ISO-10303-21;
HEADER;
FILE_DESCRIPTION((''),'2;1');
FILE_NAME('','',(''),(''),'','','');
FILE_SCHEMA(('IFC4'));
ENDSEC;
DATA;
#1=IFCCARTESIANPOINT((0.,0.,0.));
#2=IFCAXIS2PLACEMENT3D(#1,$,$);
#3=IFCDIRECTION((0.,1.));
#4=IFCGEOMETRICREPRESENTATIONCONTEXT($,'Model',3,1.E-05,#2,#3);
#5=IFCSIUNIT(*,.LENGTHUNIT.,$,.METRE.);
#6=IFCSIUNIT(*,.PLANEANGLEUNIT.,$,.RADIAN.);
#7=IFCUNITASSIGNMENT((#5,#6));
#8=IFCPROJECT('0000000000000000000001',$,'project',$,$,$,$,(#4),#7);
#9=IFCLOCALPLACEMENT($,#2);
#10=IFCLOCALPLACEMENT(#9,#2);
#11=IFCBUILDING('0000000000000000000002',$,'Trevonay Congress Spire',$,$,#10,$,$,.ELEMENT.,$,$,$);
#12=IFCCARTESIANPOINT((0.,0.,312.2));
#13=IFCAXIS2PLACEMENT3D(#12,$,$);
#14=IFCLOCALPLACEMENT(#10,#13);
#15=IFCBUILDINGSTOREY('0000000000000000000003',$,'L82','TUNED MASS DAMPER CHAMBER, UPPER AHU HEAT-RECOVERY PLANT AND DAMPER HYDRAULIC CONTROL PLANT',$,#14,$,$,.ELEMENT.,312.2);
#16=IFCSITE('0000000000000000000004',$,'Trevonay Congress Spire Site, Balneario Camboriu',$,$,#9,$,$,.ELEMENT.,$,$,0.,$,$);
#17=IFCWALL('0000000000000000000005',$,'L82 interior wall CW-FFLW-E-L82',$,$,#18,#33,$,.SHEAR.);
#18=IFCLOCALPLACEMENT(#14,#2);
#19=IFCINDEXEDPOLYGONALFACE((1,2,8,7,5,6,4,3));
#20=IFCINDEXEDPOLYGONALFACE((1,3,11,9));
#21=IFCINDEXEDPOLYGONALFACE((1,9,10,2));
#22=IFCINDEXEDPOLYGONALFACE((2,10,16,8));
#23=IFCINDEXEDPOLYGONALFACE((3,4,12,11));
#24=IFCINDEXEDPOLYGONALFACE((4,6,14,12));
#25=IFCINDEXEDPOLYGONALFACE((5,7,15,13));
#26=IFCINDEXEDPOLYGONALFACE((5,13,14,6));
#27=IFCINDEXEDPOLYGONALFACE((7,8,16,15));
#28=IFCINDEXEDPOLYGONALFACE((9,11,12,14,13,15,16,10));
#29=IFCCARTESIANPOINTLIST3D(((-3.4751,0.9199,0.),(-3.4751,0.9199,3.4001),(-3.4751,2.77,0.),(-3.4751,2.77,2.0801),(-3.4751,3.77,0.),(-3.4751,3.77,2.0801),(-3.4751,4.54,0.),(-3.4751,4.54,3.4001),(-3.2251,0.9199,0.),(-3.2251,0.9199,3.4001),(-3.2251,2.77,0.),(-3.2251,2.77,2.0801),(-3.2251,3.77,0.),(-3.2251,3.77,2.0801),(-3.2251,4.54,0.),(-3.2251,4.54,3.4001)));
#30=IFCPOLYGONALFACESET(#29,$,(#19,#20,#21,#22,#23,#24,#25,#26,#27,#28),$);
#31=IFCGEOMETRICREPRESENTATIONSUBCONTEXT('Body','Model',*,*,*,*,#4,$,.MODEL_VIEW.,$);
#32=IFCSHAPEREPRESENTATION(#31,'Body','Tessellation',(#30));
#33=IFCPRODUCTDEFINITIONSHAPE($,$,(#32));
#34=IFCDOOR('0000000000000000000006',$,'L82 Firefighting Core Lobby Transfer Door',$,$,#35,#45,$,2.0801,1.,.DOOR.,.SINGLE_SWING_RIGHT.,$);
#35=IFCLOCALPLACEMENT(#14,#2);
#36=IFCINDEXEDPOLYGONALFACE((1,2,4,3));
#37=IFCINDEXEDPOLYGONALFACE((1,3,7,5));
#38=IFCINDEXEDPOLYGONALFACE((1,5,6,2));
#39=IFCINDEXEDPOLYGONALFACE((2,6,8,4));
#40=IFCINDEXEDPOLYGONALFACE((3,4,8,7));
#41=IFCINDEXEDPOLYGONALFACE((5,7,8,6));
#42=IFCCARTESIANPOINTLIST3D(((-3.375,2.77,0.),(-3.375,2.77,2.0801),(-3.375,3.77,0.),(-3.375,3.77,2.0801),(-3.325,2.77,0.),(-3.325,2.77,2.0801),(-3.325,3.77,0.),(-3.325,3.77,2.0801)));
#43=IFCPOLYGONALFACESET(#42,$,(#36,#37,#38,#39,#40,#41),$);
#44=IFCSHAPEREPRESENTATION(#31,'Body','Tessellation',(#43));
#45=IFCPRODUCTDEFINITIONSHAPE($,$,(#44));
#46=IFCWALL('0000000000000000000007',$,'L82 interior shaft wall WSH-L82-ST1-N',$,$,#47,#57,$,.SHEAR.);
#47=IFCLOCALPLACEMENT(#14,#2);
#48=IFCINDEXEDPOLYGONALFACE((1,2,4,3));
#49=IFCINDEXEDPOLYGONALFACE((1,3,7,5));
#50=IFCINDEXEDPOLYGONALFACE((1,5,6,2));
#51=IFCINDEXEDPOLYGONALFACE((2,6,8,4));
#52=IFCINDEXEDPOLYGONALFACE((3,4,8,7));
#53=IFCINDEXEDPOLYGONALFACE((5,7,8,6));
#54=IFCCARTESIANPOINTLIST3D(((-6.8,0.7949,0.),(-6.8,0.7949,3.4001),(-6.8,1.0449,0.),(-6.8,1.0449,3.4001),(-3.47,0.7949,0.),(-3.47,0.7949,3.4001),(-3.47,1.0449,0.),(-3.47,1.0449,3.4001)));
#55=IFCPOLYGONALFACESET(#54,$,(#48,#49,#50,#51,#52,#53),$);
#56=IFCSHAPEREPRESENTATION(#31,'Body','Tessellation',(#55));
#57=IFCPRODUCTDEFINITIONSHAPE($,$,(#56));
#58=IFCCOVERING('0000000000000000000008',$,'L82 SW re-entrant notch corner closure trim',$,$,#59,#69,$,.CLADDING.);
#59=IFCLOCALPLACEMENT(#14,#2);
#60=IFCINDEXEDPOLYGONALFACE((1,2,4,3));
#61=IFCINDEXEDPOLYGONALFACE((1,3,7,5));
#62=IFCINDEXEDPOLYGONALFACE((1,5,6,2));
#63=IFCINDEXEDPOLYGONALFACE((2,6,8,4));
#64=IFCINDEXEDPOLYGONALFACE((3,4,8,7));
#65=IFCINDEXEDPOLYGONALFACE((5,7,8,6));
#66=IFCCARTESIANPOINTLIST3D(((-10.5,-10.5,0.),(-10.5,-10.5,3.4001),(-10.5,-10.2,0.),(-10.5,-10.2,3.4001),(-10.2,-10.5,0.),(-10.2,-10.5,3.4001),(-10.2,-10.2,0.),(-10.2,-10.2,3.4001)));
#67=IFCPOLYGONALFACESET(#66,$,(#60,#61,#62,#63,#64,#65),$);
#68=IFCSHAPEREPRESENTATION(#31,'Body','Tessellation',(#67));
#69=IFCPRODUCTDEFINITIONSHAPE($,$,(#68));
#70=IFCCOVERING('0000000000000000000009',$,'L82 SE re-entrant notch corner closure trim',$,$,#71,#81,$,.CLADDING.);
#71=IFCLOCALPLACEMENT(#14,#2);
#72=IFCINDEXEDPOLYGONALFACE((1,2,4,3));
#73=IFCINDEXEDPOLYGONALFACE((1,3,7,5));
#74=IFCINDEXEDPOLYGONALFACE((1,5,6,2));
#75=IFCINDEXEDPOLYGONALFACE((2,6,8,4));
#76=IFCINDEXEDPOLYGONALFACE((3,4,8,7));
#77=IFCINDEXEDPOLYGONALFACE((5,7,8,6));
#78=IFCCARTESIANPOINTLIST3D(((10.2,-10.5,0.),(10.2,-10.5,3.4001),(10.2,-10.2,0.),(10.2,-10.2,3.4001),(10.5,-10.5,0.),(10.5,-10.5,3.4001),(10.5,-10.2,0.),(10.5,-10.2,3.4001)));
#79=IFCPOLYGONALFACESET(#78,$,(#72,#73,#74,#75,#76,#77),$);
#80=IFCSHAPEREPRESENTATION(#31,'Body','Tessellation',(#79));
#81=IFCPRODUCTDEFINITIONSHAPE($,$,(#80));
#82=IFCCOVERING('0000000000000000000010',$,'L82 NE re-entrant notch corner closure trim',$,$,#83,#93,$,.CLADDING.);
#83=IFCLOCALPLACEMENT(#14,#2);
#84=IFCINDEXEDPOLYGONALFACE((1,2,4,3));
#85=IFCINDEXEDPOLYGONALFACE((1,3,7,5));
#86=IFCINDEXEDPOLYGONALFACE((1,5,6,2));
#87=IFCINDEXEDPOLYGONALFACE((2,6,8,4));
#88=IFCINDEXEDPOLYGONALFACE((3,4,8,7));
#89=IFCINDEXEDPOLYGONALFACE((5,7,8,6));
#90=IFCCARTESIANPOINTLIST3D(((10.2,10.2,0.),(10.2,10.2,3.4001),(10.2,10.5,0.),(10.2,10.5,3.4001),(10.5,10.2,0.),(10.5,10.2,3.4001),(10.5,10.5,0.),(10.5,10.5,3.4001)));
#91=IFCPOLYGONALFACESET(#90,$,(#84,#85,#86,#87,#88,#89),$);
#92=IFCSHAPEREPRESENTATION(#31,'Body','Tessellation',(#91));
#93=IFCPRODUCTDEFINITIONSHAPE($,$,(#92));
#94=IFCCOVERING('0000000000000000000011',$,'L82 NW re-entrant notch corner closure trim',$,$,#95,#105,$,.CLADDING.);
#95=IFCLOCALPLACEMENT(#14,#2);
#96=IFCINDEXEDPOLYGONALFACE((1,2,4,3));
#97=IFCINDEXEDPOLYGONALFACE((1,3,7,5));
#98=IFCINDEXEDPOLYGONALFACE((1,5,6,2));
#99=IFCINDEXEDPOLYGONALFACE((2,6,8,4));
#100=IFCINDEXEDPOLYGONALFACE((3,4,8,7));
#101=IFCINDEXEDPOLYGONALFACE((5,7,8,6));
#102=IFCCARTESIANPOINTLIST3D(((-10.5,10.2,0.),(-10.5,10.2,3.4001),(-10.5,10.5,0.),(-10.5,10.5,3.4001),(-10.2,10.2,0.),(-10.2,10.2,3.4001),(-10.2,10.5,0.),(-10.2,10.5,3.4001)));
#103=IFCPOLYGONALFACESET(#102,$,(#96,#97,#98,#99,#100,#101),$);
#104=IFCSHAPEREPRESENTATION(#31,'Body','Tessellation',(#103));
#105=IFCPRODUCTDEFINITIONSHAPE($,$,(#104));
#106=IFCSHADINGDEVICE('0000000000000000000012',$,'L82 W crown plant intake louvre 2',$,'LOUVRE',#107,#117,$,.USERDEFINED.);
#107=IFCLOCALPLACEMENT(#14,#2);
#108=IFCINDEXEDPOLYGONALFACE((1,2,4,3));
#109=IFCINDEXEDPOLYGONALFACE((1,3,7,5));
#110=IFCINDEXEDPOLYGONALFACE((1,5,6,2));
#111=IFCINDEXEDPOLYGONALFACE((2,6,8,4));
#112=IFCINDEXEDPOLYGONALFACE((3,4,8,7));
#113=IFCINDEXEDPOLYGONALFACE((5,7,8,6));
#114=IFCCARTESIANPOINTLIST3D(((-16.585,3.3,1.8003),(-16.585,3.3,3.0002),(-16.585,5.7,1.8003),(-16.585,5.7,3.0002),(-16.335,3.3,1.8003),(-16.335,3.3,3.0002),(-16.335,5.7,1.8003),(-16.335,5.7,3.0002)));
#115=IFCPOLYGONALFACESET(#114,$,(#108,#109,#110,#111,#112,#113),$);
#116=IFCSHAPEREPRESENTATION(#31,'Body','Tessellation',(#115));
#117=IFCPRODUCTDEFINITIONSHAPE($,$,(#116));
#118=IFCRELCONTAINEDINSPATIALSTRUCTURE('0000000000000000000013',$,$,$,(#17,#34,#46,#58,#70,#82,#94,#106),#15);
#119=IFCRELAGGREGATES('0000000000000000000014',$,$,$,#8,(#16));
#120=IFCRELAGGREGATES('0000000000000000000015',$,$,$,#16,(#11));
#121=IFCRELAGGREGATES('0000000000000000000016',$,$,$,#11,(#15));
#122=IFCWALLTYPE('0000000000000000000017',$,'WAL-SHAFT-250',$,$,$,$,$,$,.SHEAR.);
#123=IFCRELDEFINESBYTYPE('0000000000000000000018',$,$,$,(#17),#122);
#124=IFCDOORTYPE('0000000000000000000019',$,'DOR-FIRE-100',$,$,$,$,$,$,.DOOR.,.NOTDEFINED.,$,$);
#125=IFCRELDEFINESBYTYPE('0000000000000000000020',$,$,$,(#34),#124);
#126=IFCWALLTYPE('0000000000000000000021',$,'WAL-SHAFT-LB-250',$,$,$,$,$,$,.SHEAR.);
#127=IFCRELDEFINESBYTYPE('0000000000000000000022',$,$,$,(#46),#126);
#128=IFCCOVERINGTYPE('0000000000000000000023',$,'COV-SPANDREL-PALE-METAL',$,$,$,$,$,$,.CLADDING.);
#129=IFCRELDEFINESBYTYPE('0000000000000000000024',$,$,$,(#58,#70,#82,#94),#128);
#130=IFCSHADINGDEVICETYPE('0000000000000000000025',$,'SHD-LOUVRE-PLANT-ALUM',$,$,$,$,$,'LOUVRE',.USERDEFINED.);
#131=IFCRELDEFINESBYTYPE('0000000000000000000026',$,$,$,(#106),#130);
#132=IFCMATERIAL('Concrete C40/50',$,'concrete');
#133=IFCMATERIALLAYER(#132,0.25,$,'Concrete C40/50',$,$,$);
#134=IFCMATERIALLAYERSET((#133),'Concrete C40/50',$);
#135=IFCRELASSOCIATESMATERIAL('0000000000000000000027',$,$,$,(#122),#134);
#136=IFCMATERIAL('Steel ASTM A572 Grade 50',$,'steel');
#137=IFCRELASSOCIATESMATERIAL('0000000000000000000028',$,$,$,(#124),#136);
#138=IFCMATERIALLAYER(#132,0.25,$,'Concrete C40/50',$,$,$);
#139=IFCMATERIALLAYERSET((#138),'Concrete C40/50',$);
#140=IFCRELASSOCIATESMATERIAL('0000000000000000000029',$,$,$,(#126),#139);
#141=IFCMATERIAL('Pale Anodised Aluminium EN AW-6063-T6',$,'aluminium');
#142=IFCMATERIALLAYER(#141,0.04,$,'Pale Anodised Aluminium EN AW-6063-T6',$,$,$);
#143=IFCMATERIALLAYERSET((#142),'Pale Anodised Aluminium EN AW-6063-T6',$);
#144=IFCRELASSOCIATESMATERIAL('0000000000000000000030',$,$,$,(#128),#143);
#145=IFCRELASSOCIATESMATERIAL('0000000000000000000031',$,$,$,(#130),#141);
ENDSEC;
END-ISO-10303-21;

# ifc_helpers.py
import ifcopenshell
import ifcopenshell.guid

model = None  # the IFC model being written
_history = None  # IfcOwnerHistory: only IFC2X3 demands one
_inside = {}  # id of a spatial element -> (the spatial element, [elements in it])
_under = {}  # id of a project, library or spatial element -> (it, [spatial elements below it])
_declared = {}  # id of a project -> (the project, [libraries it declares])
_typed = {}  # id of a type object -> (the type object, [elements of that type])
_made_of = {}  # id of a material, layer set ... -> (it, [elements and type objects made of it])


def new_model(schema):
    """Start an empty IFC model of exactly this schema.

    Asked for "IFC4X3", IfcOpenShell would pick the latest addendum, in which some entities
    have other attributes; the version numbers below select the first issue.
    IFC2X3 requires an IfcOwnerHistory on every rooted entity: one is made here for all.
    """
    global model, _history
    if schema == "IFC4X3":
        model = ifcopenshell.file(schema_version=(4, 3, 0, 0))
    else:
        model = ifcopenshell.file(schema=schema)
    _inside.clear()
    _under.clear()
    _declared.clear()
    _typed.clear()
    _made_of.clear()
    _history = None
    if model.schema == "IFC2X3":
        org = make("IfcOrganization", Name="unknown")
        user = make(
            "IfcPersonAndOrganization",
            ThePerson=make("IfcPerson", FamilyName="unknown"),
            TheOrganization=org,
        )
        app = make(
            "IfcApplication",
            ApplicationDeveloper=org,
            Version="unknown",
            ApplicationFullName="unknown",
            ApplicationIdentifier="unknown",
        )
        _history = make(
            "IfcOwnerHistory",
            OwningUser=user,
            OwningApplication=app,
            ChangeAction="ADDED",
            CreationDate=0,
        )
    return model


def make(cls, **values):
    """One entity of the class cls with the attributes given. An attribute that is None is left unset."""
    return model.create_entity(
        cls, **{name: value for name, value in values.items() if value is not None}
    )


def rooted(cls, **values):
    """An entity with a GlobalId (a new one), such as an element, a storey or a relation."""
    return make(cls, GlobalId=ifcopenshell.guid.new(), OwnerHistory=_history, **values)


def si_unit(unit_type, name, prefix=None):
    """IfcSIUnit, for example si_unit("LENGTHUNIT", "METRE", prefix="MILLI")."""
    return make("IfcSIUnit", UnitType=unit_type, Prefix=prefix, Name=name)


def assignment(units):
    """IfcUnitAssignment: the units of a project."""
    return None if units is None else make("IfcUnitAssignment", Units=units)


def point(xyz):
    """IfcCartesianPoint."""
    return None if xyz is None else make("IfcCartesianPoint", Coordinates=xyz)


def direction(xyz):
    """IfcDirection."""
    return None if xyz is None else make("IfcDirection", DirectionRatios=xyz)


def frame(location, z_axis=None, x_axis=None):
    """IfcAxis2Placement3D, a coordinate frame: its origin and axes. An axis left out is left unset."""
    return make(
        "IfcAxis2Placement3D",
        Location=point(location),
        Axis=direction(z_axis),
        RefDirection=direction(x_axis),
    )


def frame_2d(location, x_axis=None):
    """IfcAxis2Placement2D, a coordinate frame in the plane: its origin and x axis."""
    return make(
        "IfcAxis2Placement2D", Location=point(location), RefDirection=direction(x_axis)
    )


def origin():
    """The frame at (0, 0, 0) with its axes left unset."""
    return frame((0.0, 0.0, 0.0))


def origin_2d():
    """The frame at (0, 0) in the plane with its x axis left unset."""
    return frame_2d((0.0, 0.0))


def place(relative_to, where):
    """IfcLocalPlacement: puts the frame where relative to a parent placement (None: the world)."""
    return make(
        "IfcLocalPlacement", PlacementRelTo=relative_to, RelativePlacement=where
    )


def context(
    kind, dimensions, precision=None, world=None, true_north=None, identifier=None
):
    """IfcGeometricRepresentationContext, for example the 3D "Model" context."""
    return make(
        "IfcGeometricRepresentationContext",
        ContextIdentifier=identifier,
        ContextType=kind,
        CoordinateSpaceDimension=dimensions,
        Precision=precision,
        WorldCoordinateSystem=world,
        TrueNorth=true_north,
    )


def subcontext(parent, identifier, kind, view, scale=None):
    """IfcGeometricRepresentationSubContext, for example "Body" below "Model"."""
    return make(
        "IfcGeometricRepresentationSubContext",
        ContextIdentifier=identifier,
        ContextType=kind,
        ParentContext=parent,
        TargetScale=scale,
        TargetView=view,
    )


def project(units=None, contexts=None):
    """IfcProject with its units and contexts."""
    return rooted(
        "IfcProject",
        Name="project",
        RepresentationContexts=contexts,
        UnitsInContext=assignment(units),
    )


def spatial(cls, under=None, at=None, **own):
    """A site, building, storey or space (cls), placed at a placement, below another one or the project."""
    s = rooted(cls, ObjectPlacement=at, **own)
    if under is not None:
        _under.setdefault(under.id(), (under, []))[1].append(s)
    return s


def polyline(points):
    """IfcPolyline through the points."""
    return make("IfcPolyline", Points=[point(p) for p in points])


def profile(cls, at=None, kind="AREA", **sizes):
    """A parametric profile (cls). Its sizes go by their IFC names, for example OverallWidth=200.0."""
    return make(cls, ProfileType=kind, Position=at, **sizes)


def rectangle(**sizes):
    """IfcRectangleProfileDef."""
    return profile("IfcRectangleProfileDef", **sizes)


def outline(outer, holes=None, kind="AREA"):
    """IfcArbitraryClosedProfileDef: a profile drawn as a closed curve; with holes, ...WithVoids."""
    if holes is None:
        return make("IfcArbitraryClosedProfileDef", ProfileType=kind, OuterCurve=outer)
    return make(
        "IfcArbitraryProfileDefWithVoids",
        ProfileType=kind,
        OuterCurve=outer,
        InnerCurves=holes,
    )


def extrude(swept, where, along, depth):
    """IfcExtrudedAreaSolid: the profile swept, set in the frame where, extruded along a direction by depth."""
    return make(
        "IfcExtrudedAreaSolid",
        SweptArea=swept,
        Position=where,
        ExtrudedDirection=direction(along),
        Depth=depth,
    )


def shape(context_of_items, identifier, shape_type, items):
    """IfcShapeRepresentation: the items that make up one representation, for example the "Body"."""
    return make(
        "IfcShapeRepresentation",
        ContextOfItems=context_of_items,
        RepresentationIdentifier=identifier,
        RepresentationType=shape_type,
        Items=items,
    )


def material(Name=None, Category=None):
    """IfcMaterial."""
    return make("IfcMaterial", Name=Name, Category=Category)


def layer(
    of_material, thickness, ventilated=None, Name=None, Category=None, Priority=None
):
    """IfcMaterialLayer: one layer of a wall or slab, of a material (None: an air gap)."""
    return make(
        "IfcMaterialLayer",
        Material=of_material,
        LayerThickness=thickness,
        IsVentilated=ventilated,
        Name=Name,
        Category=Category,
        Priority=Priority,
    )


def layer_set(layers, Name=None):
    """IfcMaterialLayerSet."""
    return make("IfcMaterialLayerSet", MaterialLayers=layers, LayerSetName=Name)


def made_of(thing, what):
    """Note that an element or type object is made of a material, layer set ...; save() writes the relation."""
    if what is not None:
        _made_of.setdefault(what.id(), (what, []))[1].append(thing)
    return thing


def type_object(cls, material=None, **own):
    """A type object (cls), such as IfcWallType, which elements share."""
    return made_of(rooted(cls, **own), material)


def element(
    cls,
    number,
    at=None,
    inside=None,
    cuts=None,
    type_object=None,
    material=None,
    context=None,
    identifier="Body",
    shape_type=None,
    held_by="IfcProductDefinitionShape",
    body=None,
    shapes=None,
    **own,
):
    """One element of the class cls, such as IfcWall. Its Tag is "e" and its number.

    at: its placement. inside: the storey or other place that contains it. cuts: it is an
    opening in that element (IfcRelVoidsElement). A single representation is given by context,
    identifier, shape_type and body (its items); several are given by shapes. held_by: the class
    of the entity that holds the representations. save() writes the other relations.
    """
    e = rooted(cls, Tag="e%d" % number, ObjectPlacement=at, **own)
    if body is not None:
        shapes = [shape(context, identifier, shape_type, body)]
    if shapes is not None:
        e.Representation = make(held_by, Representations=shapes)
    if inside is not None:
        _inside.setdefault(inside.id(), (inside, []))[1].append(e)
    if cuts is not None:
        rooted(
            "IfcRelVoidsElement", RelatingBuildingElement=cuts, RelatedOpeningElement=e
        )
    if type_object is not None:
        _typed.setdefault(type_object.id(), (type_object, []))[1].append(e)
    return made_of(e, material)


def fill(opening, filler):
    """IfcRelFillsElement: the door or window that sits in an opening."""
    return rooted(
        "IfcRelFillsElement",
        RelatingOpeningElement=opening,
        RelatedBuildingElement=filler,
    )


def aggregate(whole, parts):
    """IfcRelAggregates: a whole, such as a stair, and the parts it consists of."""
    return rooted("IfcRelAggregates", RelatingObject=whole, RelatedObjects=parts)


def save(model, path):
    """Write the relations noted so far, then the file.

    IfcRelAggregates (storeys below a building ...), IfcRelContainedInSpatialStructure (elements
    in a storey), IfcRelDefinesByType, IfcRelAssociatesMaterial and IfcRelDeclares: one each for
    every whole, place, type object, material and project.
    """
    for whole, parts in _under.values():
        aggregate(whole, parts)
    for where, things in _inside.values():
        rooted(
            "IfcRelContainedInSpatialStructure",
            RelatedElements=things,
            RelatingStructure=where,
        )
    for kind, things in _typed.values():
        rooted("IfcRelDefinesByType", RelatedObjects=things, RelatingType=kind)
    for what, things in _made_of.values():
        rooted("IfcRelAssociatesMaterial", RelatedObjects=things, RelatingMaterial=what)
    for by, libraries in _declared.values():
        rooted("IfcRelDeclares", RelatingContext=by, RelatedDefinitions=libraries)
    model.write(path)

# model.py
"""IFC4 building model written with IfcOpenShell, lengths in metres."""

from ifc_helpers import new_model, si_unit, direction, frame, frame_2d, origin, origin_2d, place, context, subcontext, project, spatial, polyline, rectangle, outline, extrude, material, layer, layer_set, type_object, element, fill, save


model = new_model("IFC4")

# Units and contexts
model_context = context("Model", 3, precision=1e-05, world=origin(), true_north=direction((0.0, 1.0)))
body_context = subcontext(model_context, "Body", "Model", "MODEL_VIEW")
ifc_project = project(units=[si_unit("LENGTHUNIT", "METRE"), si_unit("PLANEANGLEUNIT", "RADIAN")], contexts=[model_context])

# Site, building, storey
site_placement = place(None, origin())
site = spatial("IfcSite", under=ifc_project, at=site_placement, Name="Trevonay Congress Spire Site, Balneario Camboriu", CompositionType="ELEMENT", RefElevation=0.0)
building_placement = place(site_placement, origin())
building = spatial("IfcBuilding", under=site, at=building_placement, Name="Trevonay Congress Spire", CompositionType="ELEMENT")
storey_placement = place(building_placement, frame((0.0, 0.0, 312.2)))
storey = spatial("IfcBuildingStorey", under=building, at=storey_placement, Name="L82", Description="TUNED MASS DAMPER CHAMBER, UPPER AHU HEAT-RECOVERY PLANT AND DAMPER HYDRAULIC CONTROL PLANT", CompositionType="ELEMENT", Elevation=312.2)

# Shared definitions
ifc_material_1 = material(Name="Steel ASTM A572 Grade 50", Category="steel")

# Shared definitions
ifc_material_2 = material(Name="Pale Anodised Aluminium EN AW-6063-T6", Category="aluminium")

# Shared definitions
ifc_material_3 = material(Name="Concrete C40/50", Category="concrete")

# Shared definitions
ifc_layer_1 = layer(ifc_material_3, 0.25, Name="Concrete C40/50")
ifc_layer_set_1 = layer_set([ifc_layer_1], Name="Concrete C40/50")
wall_type_1 = type_object("IfcWallType", Name="WAL-SHAFT-250", PredefinedType="SHEAR", material=ifc_layer_set_1)

# Wall, opening, door
wall_1_placement = place(storey_placement, frame((-3.3501, 0.9199, 0.0), z_axis=(0.0, 0.0, 1.0), x_axis=(0.0, 1.0, 0.0)))
wall_1 = element("IfcWall", 1, at=wall_1_placement, inside=storey, type_object=wall_type_1, Name="L82 interior wall CW-FFLW-E-L82", PredefinedType="SHEAR", context=body_context, shape_type="SweptSolid", body=[
    extrude(rectangle(XDim=3.6201, YDim=0.25, at=frame_2d((1.8101, 0.0))), origin(), (0.0, 0.0, 1.0), 3.4001),
])
opening_1_placement = place(wall_1_placement, frame((1.8501, 0.0, 0.0)))
opening_1 = element("IfcOpeningElement", 2, at=opening_1_placement, cuts=wall_1, PredefinedType="OPENING", context=body_context, shape_type="SweptSolid", body=[
    extrude(rectangle(XDim=1.0, YDim=2.0801, at=frame_2d((0.5, 1.04))), frame((0.0, 0.135, 0.0), z_axis=(0.0, -1.0, 0.0), x_axis=(1.0, 0.0, 0.0)), (0.0, 0.0, 1.0), 0.27),
])
door_type_1 = type_object("IfcDoorType", Name="DOR-FIRE-100", OperationType="NOTDEFINED", PredefinedType="DOOR", material=ifc_material_1)
door_1_placement = place(opening_1_placement, origin())
door_1 = element("IfcDoor", 3, at=door_1_placement, inside=storey, type_object=door_type_1, Name="L82 Firefighting Core Lobby Transfer Door", OperationType="SINGLE_SWING_RIGHT", OverallHeight=2.0801, OverallWidth=1.0, PredefinedType="DOOR", context=body_context, shape_type="SweptSolid", body=[
    extrude(rectangle(XDim=1.0, YDim=2.0801, at=frame_2d((0.5, 1.04))), frame((0.0, 0.0249, 0.0), z_axis=(0.0, -1.0, 0.0), x_axis=(1.0, 0.0, 0.0)), (0.0, 0.0, 1.0), 0.05),
])
fill(opening_1, door_1)

# Wall
ifc_layer_2 = layer(ifc_material_3, 0.25, Name="Concrete C40/50")
ifc_layer_set_2 = layer_set([ifc_layer_2], Name="Concrete C40/50")
wall_type_2 = type_object("IfcWallType", Name="WAL-SHAFT-LB-250", PredefinedType="SHEAR", material=ifc_layer_set_2)
wall_2_placement = place(storey_placement, frame((-6.8, 0.9199, 0.0), z_axis=(0.0, 0.0, 1.0), x_axis=(1.0, 0.0, 0.0)))
element("IfcWall", 4, at=wall_2_placement, inside=storey, type_object=wall_type_2, Name="L82 interior shaft wall WSH-L82-ST1-N", PredefinedType="SHEAR", context=body_context, shape_type="SweptSolid", body=[
    extrude(rectangle(XDim=3.3301, YDim=0.25, at=frame_2d((1.665, 0.0))), origin(), (0.0, 0.0, 1.0), 3.4001),
])

# Coverings
ifc_layer_3 = layer(ifc_material_2, 0.04, Name="Pale Anodised Aluminium EN AW-6063-T6")
ifc_layer_set_3 = layer_set([ifc_layer_3], Name="Pale Anodised Aluminium EN AW-6063-T6")
covering_type = type_object("IfcCoveringType", Name="COV-SPANDREL-PALE-METAL", PredefinedType="CLADDING", material=ifc_layer_set_3)
covering_1_placement = place(storey_placement, origin())
element("IfcCovering", 5, at=covering_1_placement, inside=storey, type_object=covering_type, Name="L82 SW re-entrant notch corner closure trim", PredefinedType="CLADDING", context=body_context, shape_type="SweptSolid", body=[
    extrude(outline(polyline([(-10.5, -10.5), (-10.2, -10.5), (-10.2, -10.2), (-10.5, -10.2), (-10.5, -10.5)])), origin(), (0.0, 0.0, 1.0), 3.4001),
])
covering_2_placement = place(storey_placement, origin())
element("IfcCovering", 6, at=covering_2_placement, inside=storey, type_object=covering_type, Name="L82 SE re-entrant notch corner closure trim", PredefinedType="CLADDING", context=body_context, shape_type="SweptSolid", body=[
    extrude(outline(polyline([(10.2, -10.5), (10.5, -10.5), (10.5, -10.2), (10.2, -10.2), (10.2, -10.5)])), origin(), (0.0, 0.0, 1.0), 3.4001),
])
covering_3_placement = place(storey_placement, origin())
element("IfcCovering", 7, at=covering_3_placement, inside=storey, type_object=covering_type, Name="L82 NE re-entrant notch corner closure trim", PredefinedType="CLADDING", context=body_context, shape_type="SweptSolid", body=[
    extrude(outline(polyline([(10.2, 10.2), (10.5, 10.2), (10.5, 10.5), (10.2, 10.5), (10.2, 10.2)])), origin(), (0.0, 0.0, 1.0), 3.4001),
])
covering_4_placement = place(storey_placement, origin())
element("IfcCovering", 8, at=covering_4_placement, inside=storey, type_object=covering_type, Name="L82 NW re-entrant notch corner closure trim", PredefinedType="CLADDING", context=body_context, shape_type="SweptSolid", body=[
    extrude(outline(polyline([(-10.5, 10.2), (-10.2, 10.2), (-10.2, 10.5), (-10.5, 10.5), (-10.5, 10.2)])), origin(), (0.0, 0.0, 1.0), 3.4001),
])

# Shading device
shading_device_type = type_object("IfcShadingDeviceType", Name="SHD-LOUVRE-PLANT-ALUM", ElementType="LOUVRE", PredefinedType="USERDEFINED", material=ifc_material_2)
shading_device_placement = place(storey_placement, frame((-16.46, 4.5, 1.8003), z_axis=(0.0, 0.0, 1.0), x_axis=(0.0, 1.0, 0.0)))
element("IfcShadingDevice", 9, at=shading_device_placement, inside=storey, type_object=shading_device_type, Name="L82 W crown plant intake louvre 2", ObjectType="LOUVRE", PredefinedType="USERDEFINED", context=body_context, shape_type="SweptSolid", body=[
    extrude(rectangle(XDim=2.3999, YDim=0.25, at=origin_2d()), origin(), (0.0, 0.0, 1.0), 1.2),
])

save(model, "model.ifc")
